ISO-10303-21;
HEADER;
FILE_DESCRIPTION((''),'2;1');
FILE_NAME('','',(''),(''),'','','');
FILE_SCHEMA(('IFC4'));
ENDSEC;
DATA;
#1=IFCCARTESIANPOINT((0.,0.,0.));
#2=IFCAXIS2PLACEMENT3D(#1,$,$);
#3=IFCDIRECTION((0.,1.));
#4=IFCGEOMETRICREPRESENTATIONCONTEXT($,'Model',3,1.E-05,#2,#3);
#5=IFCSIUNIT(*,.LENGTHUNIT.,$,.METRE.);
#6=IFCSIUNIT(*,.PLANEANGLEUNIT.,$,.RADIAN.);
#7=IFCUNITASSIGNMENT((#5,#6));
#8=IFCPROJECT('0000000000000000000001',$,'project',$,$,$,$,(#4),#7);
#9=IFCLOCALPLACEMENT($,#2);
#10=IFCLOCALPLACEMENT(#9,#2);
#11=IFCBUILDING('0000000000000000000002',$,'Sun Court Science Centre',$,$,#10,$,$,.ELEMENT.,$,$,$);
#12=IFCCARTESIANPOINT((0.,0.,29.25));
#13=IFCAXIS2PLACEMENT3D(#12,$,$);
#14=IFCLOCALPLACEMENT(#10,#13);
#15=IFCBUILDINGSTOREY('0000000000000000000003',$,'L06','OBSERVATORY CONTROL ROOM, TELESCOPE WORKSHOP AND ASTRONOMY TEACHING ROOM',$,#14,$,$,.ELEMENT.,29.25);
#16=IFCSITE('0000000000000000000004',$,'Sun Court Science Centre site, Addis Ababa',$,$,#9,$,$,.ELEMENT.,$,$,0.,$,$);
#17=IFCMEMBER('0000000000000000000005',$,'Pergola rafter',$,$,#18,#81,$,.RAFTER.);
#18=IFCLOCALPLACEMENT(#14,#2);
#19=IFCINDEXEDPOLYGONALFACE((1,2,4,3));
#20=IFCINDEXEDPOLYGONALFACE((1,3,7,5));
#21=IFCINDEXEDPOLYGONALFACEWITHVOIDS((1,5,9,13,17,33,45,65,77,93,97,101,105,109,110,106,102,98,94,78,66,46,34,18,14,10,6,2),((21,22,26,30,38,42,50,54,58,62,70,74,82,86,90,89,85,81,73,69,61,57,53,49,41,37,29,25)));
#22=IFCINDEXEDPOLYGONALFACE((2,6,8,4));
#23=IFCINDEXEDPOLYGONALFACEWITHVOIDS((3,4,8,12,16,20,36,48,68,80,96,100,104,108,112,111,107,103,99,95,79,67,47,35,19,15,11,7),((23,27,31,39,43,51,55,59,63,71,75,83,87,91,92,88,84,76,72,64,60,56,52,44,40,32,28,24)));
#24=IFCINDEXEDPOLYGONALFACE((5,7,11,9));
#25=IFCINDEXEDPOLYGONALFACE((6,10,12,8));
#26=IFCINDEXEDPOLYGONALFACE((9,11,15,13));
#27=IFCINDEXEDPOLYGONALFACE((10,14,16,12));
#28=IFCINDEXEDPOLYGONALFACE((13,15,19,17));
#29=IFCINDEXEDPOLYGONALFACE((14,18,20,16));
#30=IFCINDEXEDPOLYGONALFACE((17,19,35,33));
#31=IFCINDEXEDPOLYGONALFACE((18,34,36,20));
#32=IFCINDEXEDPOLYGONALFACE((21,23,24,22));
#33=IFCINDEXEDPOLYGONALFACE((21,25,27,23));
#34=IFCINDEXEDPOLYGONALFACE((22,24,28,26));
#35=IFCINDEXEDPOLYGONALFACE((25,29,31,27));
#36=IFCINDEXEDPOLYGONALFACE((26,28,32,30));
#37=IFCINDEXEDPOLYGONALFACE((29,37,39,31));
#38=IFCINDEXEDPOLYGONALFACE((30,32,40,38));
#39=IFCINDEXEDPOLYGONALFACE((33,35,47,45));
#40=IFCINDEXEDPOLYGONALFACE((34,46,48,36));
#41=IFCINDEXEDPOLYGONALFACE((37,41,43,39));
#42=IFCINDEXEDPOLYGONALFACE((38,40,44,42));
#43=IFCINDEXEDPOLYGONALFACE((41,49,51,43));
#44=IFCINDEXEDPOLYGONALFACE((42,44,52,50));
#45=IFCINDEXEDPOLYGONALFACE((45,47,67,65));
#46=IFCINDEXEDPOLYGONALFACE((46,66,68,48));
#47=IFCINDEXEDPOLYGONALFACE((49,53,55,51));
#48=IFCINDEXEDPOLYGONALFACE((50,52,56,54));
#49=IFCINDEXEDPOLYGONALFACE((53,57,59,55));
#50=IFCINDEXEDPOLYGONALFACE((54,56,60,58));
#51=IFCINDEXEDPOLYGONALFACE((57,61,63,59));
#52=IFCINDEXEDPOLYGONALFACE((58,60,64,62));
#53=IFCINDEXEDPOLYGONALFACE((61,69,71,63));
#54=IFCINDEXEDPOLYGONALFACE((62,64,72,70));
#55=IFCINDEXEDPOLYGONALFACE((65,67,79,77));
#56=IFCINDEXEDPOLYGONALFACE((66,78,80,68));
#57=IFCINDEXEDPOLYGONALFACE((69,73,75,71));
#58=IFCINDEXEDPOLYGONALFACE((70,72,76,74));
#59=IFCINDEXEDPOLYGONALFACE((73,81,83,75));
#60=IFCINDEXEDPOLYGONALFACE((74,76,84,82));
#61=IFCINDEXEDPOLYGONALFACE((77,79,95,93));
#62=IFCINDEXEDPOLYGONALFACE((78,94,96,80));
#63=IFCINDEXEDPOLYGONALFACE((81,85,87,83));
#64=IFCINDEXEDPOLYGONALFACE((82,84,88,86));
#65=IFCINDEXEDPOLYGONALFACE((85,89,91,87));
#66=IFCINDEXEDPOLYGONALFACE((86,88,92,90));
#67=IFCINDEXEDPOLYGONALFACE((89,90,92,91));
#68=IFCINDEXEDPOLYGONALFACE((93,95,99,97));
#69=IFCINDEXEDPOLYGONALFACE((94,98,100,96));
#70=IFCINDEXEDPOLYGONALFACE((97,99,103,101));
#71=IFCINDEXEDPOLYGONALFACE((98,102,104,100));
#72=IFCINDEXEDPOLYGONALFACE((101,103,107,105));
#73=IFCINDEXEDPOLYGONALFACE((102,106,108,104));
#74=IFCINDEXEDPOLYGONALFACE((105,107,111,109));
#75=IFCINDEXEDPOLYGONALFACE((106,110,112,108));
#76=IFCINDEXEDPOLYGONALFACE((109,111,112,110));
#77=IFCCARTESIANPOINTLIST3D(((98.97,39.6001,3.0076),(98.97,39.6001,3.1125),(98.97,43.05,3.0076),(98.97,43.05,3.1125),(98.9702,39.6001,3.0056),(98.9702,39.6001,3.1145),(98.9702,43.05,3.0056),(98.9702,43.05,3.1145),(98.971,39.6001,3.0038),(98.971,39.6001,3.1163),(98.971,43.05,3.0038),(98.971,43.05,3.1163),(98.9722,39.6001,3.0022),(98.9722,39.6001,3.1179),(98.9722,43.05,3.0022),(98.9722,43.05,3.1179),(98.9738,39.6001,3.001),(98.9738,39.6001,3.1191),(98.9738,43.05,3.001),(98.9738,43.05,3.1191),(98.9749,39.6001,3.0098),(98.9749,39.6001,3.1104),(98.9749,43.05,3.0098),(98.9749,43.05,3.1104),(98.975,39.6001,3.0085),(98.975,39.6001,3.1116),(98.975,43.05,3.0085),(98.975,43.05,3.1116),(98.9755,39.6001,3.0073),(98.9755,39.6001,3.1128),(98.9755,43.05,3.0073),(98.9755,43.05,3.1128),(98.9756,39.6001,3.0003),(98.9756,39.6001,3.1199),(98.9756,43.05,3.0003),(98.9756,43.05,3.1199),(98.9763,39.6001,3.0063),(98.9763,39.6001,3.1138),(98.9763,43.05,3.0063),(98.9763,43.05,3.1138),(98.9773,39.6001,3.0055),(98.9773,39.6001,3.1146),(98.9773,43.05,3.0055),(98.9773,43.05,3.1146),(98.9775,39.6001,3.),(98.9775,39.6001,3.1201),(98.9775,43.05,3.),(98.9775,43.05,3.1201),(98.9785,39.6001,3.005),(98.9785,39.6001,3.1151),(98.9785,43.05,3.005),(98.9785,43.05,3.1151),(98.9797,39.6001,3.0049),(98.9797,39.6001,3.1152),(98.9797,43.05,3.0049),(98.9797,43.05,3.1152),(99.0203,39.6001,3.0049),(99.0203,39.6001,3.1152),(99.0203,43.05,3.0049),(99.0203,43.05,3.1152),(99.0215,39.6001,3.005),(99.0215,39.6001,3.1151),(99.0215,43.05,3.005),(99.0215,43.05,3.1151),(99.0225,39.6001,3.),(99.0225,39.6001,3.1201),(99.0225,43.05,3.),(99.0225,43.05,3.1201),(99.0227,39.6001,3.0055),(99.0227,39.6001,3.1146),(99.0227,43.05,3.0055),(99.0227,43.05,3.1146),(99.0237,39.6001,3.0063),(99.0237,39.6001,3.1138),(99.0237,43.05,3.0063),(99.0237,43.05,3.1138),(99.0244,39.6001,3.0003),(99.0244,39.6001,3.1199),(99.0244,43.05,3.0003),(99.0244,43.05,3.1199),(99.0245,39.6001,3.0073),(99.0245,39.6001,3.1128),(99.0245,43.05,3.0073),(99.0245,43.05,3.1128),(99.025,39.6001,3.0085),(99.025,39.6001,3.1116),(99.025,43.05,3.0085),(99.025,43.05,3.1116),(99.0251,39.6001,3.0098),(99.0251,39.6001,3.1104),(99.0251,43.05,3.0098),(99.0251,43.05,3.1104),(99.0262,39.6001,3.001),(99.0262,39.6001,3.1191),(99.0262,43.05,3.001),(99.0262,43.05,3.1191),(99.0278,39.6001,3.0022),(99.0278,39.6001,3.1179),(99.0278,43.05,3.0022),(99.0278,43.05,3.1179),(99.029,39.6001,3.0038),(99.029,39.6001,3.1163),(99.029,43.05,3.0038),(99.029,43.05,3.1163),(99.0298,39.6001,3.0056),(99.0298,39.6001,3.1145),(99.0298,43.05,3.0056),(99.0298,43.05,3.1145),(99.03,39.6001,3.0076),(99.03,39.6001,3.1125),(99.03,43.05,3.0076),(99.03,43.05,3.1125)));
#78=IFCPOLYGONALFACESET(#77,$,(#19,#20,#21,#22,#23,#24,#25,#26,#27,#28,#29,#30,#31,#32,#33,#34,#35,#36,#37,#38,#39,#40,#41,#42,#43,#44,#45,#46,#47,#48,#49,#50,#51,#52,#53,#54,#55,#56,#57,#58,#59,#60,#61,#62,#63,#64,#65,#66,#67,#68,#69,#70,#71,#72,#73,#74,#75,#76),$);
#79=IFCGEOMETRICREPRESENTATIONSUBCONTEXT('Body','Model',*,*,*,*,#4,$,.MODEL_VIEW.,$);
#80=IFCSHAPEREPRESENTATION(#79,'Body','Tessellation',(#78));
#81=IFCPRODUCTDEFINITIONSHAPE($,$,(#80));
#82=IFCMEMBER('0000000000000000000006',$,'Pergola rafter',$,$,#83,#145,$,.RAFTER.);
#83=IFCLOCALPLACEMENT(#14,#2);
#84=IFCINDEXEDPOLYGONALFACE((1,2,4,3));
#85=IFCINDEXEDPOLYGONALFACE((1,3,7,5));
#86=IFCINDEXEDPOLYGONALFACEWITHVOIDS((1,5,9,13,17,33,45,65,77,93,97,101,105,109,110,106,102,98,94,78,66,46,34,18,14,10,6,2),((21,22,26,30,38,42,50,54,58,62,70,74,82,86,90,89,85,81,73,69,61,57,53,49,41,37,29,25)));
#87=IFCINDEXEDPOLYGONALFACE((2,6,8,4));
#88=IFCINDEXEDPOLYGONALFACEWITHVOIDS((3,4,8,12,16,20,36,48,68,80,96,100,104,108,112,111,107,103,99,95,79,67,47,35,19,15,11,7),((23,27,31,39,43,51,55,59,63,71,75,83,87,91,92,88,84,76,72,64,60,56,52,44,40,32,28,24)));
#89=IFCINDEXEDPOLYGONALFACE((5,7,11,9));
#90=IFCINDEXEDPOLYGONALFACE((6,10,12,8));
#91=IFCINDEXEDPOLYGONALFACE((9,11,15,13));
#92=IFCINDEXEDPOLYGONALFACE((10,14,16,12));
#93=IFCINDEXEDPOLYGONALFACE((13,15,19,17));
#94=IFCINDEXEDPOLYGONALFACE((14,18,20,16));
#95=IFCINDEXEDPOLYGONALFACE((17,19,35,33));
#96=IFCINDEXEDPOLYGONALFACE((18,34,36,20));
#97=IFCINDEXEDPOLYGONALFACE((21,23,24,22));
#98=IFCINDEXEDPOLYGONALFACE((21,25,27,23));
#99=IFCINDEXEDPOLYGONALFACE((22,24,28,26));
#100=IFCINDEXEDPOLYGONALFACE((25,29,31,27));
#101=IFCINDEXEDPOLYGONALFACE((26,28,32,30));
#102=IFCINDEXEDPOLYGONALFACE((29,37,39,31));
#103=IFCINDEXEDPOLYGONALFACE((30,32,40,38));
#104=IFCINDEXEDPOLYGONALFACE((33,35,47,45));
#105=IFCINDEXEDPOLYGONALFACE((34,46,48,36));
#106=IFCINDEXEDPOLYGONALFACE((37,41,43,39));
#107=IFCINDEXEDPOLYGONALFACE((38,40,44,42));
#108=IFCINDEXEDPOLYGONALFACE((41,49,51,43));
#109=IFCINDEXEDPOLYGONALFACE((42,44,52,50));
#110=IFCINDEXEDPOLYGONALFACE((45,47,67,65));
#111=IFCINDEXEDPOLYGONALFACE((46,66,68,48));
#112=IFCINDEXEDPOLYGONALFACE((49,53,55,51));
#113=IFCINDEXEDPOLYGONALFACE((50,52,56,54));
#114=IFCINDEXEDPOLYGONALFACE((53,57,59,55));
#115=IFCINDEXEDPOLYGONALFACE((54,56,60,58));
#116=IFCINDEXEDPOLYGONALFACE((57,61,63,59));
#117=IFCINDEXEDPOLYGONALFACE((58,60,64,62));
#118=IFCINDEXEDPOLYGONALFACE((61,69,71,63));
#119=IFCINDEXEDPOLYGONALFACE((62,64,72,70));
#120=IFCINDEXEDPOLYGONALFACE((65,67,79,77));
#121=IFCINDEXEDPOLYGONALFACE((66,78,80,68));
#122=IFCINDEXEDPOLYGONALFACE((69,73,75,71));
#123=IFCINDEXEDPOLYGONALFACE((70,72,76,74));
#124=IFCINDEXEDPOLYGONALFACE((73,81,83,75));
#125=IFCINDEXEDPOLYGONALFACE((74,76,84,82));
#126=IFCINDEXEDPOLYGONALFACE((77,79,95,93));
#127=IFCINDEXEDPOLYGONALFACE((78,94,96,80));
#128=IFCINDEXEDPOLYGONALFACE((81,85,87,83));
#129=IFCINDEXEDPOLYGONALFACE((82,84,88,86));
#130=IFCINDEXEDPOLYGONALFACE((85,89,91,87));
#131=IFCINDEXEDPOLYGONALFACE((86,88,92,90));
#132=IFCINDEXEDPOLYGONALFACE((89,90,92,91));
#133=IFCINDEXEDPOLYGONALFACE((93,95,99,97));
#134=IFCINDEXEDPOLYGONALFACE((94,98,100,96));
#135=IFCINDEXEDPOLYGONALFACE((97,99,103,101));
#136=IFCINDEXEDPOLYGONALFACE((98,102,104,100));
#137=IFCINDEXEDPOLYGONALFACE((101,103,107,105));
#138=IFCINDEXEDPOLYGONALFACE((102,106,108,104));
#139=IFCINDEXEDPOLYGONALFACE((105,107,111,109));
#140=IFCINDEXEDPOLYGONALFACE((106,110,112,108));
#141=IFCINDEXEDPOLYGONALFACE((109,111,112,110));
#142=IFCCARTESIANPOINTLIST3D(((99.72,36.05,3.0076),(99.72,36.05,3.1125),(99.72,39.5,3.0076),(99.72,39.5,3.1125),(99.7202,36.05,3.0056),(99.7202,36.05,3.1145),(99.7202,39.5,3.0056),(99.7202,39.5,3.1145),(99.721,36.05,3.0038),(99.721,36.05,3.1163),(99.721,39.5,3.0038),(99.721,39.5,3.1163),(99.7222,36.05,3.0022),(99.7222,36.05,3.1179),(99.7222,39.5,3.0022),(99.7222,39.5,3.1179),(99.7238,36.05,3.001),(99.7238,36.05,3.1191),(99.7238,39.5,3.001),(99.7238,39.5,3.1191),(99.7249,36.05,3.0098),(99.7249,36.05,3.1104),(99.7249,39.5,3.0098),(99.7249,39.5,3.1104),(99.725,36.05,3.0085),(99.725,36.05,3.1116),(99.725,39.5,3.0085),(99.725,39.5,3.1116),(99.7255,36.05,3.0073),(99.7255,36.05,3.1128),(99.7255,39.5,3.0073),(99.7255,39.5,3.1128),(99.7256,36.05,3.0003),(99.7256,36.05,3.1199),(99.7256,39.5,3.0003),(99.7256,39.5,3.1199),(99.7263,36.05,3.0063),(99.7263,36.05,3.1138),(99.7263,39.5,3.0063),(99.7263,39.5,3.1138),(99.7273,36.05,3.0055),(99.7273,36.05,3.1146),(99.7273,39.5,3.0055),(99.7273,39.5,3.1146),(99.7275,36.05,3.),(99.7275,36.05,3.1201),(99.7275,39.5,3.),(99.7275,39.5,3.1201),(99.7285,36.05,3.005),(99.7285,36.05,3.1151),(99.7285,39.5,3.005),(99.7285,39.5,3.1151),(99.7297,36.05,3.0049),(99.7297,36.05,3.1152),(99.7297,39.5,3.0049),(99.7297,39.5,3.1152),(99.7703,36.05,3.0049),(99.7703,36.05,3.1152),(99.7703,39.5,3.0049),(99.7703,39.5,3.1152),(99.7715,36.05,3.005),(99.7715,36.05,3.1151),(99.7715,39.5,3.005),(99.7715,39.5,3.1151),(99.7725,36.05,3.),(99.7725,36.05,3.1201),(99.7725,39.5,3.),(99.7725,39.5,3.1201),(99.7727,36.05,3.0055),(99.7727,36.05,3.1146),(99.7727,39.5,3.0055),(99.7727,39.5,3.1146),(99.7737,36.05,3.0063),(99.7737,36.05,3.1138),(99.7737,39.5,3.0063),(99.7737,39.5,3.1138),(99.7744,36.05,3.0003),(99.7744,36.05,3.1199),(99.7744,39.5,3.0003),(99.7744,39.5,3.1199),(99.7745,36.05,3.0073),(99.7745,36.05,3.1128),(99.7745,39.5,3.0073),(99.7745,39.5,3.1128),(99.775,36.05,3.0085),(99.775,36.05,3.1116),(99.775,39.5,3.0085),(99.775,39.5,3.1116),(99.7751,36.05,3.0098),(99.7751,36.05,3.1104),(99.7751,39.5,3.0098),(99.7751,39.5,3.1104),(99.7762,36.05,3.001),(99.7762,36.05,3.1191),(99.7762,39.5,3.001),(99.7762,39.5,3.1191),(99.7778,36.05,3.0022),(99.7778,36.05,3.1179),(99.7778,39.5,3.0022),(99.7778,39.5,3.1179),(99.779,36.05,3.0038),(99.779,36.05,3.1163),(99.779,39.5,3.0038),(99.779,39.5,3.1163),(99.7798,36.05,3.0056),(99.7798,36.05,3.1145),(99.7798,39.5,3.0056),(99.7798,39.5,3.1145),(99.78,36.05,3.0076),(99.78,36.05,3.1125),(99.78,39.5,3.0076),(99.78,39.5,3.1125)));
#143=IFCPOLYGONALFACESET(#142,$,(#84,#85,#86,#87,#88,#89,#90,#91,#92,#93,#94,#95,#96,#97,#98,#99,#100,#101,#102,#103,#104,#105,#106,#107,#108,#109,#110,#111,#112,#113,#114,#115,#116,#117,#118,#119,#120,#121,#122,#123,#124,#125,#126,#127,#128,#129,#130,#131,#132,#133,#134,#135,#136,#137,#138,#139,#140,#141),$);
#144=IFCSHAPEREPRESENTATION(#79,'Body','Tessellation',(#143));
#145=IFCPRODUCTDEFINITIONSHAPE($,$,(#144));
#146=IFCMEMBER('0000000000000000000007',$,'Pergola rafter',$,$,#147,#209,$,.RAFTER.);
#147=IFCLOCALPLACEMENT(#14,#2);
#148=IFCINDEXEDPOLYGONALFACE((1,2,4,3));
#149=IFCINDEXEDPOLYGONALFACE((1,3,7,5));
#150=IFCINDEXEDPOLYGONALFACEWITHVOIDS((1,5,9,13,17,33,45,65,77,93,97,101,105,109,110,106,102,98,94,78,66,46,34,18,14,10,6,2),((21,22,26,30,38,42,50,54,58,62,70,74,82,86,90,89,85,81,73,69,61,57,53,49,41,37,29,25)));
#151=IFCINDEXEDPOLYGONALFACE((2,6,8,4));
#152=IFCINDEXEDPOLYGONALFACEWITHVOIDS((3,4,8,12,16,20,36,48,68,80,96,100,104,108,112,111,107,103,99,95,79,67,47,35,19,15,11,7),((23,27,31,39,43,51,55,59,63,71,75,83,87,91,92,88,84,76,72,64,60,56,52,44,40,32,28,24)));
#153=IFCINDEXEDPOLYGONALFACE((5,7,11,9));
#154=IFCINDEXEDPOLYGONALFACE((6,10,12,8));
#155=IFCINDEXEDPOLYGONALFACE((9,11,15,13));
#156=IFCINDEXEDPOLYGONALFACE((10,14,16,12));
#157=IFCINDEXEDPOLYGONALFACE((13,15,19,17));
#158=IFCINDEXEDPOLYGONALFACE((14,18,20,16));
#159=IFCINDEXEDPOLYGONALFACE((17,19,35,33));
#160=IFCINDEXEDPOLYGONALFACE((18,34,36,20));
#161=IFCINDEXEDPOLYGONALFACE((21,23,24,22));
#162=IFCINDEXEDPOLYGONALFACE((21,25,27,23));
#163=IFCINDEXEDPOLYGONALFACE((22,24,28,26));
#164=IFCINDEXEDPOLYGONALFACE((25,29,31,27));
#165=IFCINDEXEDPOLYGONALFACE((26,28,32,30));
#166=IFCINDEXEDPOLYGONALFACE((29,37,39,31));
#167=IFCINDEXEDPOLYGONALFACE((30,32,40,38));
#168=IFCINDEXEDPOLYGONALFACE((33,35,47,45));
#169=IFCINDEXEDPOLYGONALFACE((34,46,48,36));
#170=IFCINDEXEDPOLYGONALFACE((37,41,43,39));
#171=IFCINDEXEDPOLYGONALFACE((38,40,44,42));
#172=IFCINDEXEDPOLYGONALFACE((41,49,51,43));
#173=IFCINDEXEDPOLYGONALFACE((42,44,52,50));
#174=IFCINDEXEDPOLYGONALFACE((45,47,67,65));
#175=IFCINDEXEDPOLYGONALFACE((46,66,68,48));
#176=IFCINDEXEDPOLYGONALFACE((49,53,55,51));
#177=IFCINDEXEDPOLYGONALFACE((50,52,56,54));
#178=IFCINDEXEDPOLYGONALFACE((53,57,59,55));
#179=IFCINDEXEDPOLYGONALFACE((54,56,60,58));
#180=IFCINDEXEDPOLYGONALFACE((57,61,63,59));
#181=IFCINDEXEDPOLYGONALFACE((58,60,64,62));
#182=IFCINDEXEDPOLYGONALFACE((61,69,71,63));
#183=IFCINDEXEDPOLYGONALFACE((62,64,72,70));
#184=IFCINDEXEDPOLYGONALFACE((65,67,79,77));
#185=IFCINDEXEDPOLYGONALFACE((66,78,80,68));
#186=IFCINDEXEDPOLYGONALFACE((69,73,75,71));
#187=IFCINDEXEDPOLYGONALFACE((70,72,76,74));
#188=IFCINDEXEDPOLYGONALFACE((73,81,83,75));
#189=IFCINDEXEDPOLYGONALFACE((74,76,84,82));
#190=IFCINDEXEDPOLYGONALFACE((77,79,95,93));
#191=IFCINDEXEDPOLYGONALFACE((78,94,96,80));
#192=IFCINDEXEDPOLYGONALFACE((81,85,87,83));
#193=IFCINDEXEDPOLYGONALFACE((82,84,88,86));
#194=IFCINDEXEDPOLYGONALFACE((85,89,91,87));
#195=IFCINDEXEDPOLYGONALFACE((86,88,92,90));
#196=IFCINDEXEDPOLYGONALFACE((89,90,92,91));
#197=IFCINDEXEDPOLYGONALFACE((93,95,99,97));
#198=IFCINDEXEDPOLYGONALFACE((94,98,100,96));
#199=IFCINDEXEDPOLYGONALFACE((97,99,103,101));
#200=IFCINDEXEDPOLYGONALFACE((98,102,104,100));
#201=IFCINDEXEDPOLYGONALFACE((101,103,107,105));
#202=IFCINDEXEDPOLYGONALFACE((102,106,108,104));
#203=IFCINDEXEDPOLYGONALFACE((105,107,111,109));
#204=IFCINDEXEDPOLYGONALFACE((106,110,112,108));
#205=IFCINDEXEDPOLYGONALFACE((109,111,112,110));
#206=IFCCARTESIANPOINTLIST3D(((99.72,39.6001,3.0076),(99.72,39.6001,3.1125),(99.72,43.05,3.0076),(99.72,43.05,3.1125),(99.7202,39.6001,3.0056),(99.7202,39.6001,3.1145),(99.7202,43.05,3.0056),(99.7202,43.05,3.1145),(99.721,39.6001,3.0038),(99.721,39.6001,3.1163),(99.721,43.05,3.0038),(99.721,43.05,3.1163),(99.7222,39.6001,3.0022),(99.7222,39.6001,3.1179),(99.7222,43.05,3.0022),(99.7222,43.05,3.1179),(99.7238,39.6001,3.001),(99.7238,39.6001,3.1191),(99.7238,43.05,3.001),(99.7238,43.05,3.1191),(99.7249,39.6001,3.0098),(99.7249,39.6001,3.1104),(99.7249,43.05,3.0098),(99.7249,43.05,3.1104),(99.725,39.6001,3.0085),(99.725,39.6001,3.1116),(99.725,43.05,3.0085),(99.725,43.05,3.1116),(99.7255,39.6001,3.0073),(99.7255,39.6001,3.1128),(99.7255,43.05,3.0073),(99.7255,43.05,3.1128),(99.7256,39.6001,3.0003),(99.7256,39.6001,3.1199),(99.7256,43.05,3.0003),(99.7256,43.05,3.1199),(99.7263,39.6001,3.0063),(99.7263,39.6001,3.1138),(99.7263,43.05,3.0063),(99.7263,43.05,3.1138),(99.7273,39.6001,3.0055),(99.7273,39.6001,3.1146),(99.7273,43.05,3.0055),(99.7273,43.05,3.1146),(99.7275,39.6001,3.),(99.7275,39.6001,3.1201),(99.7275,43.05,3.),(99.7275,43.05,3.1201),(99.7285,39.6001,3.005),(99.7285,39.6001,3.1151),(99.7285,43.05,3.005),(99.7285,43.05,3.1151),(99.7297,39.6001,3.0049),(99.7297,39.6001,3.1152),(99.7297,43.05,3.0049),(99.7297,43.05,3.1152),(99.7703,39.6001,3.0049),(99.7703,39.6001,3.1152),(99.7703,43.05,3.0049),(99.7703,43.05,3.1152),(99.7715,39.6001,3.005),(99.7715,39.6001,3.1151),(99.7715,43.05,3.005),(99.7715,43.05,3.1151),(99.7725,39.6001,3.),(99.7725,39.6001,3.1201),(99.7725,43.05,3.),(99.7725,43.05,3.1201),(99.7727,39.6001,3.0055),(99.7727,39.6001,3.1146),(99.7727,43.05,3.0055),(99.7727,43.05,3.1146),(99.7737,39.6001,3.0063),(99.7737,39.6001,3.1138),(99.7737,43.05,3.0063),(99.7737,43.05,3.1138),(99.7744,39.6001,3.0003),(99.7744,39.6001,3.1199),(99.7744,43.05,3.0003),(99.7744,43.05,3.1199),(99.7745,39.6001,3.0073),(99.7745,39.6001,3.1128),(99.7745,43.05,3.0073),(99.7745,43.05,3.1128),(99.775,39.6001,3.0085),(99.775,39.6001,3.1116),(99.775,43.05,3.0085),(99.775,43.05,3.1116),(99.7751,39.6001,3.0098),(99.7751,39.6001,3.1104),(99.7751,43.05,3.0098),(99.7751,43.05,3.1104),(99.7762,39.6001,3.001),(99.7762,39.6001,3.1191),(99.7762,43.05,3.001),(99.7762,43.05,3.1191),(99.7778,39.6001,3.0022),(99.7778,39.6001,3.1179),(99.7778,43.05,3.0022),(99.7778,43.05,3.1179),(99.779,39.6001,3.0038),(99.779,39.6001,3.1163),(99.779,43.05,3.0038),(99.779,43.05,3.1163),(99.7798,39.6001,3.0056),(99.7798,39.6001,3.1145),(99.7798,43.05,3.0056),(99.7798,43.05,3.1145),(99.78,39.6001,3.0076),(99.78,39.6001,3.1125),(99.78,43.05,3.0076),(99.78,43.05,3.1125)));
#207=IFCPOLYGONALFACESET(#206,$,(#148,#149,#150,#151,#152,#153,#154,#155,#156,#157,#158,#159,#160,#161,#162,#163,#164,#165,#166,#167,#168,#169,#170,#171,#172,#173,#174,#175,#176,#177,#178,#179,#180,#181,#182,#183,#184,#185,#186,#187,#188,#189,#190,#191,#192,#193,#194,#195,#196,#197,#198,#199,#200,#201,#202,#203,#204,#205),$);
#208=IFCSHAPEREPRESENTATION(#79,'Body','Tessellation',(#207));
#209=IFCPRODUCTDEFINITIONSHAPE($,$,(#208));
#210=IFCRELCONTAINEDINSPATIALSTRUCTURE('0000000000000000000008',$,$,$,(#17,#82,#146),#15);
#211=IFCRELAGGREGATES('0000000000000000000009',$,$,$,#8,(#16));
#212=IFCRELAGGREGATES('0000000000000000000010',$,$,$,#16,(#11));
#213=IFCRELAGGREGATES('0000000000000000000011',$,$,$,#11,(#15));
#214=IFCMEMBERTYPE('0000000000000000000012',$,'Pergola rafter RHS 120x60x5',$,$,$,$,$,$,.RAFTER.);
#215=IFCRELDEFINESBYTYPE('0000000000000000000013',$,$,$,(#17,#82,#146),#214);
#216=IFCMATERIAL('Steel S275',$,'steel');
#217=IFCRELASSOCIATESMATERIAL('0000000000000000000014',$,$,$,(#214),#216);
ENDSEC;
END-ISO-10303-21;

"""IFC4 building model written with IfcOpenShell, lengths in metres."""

from ifc_helpers import new_model, si_unit, direction, frame, origin, origin_2d, place, context, subcontext, project, spatial, hollow_rectangle, extrude, material, material_profile, profile_set, type_object, element, save


model = new_model("IFC4")

# Units and contexts
model_context = context("Model", 3, precision=1e-05, world=origin(), true_north=direction((0.0, 1.0)))
body_context = subcontext(model_context, "Body", "Model", "MODEL_VIEW")
ifc_project = project(units=[si_unit("LENGTHUNIT", "METRE"), si_unit("PLANEANGLEUNIT", "RADIAN")], contexts=[model_context])

# Site, building, storey
site_placement = place(None, origin())
site = spatial("IfcSite", under=ifc_project, at=site_placement, Name="Sun Court Science Centre site, Addis Ababa", CompositionType="ELEMENT", RefElevation=0.0)
building_placement = place(site_placement, origin())
building = spatial("IfcBuilding", under=site, at=building_placement, Name="Sun Court Science Centre", CompositionType="ELEMENT")
storey_placement = place(building_placement, frame((0.0, 0.0, 29.25)))
storey = spatial("IfcBuildingStorey", under=building, at=storey_placement, Name="L06", Description="OBSERVATORY CONTROL ROOM, TELESCOPE WORKSHOP AND ASTRONOMY TEACHING ROOM", CompositionType="ELEMENT", Elevation=29.25)

# Members
ifc_material_1 = material(Name="Steel S275", Category="steel")
ifc_material_profile_1 = material_profile(ifc_material_1, hollow_rectangle(XDim=0.0601, YDim=0.1201, WallThickness=0.0049, InnerFilletRadius=0.0049, OuterFilletRadius=0.0076, at=origin_2d()), Name="RHS 120x60x5")
ifc_profile_set_1 = profile_set([ifc_material_profile_1], Name="Steel S275")
member_type_1 = type_object("IfcMemberType", Name="Pergola rafter RHS 120x60x5", PredefinedType="RAFTER", material=ifc_profile_set_1)
for number, where, z_axis, x_axis, name in (
    (1, (99.0, 39.6001, 3.0601), (0.0, 1.0, 0.0), (-1.0, 0.0, 0.0), "Pergola rafter"),
    (2, (99.75, 36.05, 3.0601), (0.0, 1.0, 0.0), (-1.0, 0.0, 0.0), "Pergola rafter"),
    (3, (99.75, 39.6001, 3.0601), (0.0, 1.0, 0.0), (-1.0, 0.0, 0.0), "Pergola rafter"),
):
    element("IfcMember", number, at=place(storey_placement, frame(where, z_axis=z_axis, x_axis=x_axis)), inside=storey, type_object=member_type_1, Name=name, PredefinedType="RAFTER", context=body_context, shape_type="SweptSolid", body=[
        extrude(hollow_rectangle(XDim=0.0601, YDim=0.1201, WallThickness=0.0049, InnerFilletRadius=0.0049, OuterFilletRadius=0.0076, at=origin_2d()), origin(), (0.0, 0.0, 1.0), 3.45),
    ])

save(model, "model.ifc")
